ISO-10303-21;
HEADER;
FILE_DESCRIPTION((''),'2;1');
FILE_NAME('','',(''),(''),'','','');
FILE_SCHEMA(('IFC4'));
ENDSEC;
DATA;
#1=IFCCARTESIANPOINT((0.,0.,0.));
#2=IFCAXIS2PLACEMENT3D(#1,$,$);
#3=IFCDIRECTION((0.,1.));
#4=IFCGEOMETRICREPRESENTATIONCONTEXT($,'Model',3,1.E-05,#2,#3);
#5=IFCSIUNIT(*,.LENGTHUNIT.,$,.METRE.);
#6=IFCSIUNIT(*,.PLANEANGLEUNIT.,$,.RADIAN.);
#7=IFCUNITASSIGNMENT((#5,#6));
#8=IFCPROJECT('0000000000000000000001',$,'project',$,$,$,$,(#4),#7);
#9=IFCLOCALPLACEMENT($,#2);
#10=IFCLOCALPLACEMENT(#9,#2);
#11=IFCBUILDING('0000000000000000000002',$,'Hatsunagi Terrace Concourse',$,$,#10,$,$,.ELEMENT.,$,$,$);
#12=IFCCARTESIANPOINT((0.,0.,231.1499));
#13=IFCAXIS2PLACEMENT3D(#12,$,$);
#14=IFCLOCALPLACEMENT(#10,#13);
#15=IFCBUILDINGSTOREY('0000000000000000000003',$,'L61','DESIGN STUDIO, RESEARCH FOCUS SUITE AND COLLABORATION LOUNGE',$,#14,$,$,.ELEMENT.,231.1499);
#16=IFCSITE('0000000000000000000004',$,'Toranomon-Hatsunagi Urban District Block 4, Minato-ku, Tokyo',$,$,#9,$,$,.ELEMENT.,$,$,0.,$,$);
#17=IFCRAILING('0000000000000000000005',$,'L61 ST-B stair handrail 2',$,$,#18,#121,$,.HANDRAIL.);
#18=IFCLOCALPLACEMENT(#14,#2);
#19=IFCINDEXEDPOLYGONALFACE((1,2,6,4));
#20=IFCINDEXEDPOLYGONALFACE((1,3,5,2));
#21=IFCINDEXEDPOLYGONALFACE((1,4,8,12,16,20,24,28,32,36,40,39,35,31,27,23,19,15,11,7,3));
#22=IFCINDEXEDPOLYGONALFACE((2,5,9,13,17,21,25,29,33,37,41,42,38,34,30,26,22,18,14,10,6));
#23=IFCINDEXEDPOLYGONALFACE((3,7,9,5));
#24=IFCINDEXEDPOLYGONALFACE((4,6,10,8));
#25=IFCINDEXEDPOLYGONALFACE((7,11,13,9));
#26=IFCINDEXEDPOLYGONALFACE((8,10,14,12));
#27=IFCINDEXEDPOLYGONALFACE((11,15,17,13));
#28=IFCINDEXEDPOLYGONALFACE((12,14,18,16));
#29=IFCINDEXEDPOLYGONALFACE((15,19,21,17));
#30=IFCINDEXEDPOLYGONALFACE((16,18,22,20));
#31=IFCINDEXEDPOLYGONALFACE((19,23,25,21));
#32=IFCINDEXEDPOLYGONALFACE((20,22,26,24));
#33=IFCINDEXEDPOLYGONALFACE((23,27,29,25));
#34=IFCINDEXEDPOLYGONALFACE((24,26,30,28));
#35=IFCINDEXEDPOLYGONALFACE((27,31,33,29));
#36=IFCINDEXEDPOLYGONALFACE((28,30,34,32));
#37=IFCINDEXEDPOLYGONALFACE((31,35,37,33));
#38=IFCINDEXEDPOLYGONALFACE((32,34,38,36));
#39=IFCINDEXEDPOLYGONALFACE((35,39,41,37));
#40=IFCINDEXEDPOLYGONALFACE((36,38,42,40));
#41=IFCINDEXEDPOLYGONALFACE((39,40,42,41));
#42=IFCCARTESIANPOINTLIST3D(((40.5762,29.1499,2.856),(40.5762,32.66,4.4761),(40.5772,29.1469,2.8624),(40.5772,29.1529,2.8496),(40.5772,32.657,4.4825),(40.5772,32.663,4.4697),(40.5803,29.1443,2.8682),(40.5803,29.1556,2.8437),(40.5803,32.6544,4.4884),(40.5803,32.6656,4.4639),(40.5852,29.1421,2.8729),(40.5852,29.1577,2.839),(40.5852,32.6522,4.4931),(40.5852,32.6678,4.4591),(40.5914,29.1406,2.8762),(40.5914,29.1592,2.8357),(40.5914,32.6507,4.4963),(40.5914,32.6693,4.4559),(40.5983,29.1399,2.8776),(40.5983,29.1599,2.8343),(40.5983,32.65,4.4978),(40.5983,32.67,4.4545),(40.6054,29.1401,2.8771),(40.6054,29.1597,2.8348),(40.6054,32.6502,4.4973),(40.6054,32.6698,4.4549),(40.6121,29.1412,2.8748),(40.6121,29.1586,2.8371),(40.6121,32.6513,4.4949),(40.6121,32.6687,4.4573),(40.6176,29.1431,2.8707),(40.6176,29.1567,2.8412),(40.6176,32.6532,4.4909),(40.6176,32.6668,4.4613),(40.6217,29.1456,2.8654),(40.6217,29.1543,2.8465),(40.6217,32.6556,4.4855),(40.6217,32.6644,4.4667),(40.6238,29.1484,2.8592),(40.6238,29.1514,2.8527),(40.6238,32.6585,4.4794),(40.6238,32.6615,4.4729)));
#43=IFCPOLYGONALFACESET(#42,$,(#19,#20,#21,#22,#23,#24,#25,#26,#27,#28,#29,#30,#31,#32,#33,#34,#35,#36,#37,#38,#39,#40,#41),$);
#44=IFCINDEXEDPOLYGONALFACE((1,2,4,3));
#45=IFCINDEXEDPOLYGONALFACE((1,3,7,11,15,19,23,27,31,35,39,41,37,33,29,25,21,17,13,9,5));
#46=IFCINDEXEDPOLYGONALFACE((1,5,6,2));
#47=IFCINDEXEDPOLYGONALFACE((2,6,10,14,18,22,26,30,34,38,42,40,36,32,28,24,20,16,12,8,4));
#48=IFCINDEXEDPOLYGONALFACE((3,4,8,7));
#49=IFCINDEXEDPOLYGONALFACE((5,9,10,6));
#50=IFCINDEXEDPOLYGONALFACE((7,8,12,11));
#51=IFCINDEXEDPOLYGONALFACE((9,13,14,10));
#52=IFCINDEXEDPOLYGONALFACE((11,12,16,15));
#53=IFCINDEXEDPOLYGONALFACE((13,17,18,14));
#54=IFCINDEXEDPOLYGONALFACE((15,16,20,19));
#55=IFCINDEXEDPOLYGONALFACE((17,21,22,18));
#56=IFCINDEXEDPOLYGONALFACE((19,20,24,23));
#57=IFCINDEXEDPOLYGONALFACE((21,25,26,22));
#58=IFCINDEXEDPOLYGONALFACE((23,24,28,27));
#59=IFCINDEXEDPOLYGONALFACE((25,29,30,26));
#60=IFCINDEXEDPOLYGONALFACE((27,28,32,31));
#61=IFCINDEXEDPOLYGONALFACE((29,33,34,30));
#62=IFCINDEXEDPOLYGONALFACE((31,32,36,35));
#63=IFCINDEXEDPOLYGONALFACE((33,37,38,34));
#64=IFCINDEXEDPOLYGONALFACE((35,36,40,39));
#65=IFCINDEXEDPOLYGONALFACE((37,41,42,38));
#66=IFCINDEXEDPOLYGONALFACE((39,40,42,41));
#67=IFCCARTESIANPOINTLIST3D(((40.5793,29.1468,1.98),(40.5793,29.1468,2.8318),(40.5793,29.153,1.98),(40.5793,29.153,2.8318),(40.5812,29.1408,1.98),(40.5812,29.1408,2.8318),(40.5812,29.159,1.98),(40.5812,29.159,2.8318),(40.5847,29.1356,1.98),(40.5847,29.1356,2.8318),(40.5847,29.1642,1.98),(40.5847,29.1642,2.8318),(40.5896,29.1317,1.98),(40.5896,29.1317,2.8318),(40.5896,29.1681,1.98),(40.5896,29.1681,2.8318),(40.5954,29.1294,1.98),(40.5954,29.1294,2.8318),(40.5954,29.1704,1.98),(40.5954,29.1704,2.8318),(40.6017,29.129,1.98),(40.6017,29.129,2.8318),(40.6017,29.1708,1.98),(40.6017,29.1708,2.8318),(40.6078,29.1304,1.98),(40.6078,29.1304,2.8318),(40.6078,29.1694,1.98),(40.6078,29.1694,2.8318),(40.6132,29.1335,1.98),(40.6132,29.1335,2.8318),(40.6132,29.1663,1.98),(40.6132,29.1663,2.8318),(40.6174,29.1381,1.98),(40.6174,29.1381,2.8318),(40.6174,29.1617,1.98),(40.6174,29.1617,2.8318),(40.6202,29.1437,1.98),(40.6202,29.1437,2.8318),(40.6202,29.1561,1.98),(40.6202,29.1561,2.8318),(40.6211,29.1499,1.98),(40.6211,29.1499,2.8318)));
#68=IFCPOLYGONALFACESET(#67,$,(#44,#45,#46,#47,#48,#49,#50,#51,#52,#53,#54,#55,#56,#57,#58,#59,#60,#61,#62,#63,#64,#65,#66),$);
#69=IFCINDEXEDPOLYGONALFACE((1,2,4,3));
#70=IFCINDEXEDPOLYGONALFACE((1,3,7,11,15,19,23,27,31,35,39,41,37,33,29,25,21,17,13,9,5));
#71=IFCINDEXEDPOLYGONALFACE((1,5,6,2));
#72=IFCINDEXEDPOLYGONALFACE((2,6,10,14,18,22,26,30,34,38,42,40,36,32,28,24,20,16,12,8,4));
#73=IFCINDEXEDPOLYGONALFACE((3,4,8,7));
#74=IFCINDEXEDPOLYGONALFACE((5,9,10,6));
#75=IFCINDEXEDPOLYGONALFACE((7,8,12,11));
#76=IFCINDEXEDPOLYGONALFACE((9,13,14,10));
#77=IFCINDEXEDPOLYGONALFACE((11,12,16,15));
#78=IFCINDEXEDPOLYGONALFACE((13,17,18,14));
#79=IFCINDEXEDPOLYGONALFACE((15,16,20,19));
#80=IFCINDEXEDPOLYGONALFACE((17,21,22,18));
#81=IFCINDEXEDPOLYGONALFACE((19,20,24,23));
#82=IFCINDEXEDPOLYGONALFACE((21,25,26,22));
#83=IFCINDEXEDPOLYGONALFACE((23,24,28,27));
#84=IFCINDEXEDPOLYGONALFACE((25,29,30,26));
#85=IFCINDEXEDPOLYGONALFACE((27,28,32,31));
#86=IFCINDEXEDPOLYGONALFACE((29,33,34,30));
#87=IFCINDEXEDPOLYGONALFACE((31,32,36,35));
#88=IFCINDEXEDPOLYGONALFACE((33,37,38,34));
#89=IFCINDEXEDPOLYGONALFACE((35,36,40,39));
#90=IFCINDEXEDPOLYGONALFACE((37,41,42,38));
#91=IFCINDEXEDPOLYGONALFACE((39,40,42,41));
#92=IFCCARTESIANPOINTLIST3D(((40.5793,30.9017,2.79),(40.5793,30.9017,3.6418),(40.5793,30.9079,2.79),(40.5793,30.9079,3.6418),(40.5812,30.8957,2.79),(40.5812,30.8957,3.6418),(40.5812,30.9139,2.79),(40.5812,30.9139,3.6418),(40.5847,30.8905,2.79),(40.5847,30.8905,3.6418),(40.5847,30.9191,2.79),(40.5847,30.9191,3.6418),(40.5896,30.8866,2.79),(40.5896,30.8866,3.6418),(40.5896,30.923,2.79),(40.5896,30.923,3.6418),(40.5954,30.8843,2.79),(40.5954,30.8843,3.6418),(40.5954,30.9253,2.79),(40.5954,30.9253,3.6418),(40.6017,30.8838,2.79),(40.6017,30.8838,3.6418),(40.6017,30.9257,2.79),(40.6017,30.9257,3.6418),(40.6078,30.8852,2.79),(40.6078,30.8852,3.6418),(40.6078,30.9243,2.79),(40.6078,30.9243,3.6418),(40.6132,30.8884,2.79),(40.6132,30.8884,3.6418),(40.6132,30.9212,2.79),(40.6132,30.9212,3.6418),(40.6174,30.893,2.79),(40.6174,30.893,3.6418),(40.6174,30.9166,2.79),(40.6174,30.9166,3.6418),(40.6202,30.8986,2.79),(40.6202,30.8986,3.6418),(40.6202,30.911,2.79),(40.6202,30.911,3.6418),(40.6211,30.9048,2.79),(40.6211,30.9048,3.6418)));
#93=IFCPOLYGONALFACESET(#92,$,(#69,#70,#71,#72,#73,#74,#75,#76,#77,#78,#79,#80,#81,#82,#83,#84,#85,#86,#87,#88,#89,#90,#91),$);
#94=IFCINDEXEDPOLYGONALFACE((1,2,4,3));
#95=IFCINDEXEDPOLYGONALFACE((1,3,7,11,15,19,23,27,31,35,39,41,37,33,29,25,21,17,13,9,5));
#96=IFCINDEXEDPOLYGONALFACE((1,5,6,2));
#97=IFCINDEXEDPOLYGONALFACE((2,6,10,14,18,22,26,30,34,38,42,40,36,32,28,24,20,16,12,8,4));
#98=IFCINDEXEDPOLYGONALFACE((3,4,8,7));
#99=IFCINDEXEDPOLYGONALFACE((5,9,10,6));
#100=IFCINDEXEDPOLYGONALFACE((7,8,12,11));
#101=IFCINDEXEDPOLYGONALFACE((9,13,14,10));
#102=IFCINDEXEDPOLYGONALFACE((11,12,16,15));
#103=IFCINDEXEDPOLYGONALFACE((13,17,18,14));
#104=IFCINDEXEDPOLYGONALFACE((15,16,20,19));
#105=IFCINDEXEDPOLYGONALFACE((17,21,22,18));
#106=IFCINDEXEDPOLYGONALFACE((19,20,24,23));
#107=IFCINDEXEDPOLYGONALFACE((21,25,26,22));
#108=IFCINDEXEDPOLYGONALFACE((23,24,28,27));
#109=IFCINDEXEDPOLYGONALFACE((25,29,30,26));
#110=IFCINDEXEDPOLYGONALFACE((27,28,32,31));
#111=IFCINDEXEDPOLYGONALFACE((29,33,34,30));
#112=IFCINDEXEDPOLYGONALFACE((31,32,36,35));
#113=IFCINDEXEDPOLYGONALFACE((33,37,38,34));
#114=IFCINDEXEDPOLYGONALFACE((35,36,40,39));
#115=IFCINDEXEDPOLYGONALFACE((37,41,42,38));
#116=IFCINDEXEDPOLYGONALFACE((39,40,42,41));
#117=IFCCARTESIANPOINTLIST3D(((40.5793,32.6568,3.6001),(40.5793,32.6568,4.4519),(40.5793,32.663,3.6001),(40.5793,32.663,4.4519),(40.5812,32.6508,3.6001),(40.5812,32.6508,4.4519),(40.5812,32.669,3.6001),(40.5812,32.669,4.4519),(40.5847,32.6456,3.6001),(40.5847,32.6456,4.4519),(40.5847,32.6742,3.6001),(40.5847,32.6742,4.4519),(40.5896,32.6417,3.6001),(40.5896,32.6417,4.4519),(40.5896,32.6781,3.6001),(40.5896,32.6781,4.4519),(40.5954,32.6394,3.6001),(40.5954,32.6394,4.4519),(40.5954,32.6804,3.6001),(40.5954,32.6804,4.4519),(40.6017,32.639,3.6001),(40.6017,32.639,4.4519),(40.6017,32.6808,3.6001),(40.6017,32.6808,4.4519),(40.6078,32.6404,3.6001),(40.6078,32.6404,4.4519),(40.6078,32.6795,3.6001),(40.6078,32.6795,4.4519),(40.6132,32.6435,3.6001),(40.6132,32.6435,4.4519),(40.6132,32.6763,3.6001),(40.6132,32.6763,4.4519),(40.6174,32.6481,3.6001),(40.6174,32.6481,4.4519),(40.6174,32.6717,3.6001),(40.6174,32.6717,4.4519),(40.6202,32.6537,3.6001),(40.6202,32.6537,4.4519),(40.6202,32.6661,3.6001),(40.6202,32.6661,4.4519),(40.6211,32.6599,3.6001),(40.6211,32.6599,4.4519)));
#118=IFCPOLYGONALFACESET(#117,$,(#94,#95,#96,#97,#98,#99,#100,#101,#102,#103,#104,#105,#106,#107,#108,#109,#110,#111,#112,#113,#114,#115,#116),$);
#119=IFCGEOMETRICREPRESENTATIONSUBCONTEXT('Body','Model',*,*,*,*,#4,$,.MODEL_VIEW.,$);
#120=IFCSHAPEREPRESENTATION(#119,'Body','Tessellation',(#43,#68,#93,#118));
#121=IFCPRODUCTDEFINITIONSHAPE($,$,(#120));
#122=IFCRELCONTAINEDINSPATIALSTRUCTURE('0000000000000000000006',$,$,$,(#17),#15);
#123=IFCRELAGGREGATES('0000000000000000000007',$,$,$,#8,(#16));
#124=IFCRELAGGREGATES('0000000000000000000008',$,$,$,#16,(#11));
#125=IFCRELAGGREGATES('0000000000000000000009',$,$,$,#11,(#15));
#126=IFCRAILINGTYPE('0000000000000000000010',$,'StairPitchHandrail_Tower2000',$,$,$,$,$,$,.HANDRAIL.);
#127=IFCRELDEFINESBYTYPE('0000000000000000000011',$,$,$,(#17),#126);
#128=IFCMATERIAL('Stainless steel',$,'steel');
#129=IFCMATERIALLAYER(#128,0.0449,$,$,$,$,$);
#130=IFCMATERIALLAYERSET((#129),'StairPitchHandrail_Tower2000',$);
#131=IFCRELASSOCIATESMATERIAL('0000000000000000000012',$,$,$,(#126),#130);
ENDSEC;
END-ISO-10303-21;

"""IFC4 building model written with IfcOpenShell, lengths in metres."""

from ifc_helpers import new_model, si_unit, direction, frame, origin, origin_2d, place, context, subcontext, project, spatial, circle, extrude, material, layer, layer_set, type_object, element, save


model = new_model("IFC4")

# Units and contexts
model_context = context("Model", 3, precision=1e-05, world=origin(), true_north=direction((0.0, 1.0)))
body_context = subcontext(model_context, "Body", "Model", "MODEL_VIEW")
ifc_project = project(units=[si_unit("LENGTHUNIT", "METRE"), si_unit("PLANEANGLEUNIT", "RADIAN")], contexts=[model_context])

# Site, building, storey
site_placement = place(None, origin())
site = spatial("IfcSite", under=ifc_project, at=site_placement, Name="Toranomon-Hatsunagi Urban District Block 4, Minato-ku, Tokyo", CompositionType="ELEMENT", RefElevation=0.0)
building_placement = place(site_placement, origin())
building = spatial("IfcBuilding", under=site, at=building_placement, Name="Hatsunagi Terrace Concourse", CompositionType="ELEMENT")
storey_placement = place(building_placement, frame((0.0, 0.0, 231.1499)))
storey = spatial("IfcBuildingStorey", under=building, at=storey_placement, Name="L61", Description="DESIGN STUDIO, RESEARCH FOCUS SUITE AND COLLABORATION LOUNGE", CompositionType="ELEMENT", Elevation=231.1499)

# Railing
ifc_material_1 = material(Name="Stainless steel", Category="steel")
ifc_layer_1 = layer(ifc_material_1, 0.0449)
ifc_layer_set_1 = layer_set([ifc_layer_1], Name="StairPitchHandrail_Tower2000")
railing_type_1 = type_object("IfcRailingType", Name="StairPitchHandrail_Tower2000", PredefinedType="HANDRAIL", material=ifc_layer_set_1)
railing_1_placement = place(storey_placement, frame((40.6001, 29.1499, 1.98)))
element("IfcRailing", 1, at=railing_1_placement, inside=storey, type_object=railing_type_1, Name="L61 ST-B stair handrail 2", PredefinedType="HANDRAIL", context=body_context, shape_type="SweptSolid", body=[
    extrude(circle(Radius=0.0239, at=origin_2d()), frame((0.0, 0.0, 0.876), z_axis=(0.0, 0.907948, 0.419082), x_axis=(-1.0, 0.0, 0.0)), (0.0, 0.0, 1.0), 3.866),
    extrude(circle(Radius=0.021, at=origin_2d()), origin(), (0.0, 0.0, 1.0), 0.8518),
    extrude(circle(Radius=0.021, at=origin_2d()), frame((0.0, 1.7549, 0.8101)), (0.0, 0.0, 1.0), 0.8518),
    extrude(circle(Radius=0.021, at=origin_2d()), frame((0.0, 3.51, 1.6201)), (0.0, 0.0, 1.0), 0.8518),
])

save(model, "model.ifc")
